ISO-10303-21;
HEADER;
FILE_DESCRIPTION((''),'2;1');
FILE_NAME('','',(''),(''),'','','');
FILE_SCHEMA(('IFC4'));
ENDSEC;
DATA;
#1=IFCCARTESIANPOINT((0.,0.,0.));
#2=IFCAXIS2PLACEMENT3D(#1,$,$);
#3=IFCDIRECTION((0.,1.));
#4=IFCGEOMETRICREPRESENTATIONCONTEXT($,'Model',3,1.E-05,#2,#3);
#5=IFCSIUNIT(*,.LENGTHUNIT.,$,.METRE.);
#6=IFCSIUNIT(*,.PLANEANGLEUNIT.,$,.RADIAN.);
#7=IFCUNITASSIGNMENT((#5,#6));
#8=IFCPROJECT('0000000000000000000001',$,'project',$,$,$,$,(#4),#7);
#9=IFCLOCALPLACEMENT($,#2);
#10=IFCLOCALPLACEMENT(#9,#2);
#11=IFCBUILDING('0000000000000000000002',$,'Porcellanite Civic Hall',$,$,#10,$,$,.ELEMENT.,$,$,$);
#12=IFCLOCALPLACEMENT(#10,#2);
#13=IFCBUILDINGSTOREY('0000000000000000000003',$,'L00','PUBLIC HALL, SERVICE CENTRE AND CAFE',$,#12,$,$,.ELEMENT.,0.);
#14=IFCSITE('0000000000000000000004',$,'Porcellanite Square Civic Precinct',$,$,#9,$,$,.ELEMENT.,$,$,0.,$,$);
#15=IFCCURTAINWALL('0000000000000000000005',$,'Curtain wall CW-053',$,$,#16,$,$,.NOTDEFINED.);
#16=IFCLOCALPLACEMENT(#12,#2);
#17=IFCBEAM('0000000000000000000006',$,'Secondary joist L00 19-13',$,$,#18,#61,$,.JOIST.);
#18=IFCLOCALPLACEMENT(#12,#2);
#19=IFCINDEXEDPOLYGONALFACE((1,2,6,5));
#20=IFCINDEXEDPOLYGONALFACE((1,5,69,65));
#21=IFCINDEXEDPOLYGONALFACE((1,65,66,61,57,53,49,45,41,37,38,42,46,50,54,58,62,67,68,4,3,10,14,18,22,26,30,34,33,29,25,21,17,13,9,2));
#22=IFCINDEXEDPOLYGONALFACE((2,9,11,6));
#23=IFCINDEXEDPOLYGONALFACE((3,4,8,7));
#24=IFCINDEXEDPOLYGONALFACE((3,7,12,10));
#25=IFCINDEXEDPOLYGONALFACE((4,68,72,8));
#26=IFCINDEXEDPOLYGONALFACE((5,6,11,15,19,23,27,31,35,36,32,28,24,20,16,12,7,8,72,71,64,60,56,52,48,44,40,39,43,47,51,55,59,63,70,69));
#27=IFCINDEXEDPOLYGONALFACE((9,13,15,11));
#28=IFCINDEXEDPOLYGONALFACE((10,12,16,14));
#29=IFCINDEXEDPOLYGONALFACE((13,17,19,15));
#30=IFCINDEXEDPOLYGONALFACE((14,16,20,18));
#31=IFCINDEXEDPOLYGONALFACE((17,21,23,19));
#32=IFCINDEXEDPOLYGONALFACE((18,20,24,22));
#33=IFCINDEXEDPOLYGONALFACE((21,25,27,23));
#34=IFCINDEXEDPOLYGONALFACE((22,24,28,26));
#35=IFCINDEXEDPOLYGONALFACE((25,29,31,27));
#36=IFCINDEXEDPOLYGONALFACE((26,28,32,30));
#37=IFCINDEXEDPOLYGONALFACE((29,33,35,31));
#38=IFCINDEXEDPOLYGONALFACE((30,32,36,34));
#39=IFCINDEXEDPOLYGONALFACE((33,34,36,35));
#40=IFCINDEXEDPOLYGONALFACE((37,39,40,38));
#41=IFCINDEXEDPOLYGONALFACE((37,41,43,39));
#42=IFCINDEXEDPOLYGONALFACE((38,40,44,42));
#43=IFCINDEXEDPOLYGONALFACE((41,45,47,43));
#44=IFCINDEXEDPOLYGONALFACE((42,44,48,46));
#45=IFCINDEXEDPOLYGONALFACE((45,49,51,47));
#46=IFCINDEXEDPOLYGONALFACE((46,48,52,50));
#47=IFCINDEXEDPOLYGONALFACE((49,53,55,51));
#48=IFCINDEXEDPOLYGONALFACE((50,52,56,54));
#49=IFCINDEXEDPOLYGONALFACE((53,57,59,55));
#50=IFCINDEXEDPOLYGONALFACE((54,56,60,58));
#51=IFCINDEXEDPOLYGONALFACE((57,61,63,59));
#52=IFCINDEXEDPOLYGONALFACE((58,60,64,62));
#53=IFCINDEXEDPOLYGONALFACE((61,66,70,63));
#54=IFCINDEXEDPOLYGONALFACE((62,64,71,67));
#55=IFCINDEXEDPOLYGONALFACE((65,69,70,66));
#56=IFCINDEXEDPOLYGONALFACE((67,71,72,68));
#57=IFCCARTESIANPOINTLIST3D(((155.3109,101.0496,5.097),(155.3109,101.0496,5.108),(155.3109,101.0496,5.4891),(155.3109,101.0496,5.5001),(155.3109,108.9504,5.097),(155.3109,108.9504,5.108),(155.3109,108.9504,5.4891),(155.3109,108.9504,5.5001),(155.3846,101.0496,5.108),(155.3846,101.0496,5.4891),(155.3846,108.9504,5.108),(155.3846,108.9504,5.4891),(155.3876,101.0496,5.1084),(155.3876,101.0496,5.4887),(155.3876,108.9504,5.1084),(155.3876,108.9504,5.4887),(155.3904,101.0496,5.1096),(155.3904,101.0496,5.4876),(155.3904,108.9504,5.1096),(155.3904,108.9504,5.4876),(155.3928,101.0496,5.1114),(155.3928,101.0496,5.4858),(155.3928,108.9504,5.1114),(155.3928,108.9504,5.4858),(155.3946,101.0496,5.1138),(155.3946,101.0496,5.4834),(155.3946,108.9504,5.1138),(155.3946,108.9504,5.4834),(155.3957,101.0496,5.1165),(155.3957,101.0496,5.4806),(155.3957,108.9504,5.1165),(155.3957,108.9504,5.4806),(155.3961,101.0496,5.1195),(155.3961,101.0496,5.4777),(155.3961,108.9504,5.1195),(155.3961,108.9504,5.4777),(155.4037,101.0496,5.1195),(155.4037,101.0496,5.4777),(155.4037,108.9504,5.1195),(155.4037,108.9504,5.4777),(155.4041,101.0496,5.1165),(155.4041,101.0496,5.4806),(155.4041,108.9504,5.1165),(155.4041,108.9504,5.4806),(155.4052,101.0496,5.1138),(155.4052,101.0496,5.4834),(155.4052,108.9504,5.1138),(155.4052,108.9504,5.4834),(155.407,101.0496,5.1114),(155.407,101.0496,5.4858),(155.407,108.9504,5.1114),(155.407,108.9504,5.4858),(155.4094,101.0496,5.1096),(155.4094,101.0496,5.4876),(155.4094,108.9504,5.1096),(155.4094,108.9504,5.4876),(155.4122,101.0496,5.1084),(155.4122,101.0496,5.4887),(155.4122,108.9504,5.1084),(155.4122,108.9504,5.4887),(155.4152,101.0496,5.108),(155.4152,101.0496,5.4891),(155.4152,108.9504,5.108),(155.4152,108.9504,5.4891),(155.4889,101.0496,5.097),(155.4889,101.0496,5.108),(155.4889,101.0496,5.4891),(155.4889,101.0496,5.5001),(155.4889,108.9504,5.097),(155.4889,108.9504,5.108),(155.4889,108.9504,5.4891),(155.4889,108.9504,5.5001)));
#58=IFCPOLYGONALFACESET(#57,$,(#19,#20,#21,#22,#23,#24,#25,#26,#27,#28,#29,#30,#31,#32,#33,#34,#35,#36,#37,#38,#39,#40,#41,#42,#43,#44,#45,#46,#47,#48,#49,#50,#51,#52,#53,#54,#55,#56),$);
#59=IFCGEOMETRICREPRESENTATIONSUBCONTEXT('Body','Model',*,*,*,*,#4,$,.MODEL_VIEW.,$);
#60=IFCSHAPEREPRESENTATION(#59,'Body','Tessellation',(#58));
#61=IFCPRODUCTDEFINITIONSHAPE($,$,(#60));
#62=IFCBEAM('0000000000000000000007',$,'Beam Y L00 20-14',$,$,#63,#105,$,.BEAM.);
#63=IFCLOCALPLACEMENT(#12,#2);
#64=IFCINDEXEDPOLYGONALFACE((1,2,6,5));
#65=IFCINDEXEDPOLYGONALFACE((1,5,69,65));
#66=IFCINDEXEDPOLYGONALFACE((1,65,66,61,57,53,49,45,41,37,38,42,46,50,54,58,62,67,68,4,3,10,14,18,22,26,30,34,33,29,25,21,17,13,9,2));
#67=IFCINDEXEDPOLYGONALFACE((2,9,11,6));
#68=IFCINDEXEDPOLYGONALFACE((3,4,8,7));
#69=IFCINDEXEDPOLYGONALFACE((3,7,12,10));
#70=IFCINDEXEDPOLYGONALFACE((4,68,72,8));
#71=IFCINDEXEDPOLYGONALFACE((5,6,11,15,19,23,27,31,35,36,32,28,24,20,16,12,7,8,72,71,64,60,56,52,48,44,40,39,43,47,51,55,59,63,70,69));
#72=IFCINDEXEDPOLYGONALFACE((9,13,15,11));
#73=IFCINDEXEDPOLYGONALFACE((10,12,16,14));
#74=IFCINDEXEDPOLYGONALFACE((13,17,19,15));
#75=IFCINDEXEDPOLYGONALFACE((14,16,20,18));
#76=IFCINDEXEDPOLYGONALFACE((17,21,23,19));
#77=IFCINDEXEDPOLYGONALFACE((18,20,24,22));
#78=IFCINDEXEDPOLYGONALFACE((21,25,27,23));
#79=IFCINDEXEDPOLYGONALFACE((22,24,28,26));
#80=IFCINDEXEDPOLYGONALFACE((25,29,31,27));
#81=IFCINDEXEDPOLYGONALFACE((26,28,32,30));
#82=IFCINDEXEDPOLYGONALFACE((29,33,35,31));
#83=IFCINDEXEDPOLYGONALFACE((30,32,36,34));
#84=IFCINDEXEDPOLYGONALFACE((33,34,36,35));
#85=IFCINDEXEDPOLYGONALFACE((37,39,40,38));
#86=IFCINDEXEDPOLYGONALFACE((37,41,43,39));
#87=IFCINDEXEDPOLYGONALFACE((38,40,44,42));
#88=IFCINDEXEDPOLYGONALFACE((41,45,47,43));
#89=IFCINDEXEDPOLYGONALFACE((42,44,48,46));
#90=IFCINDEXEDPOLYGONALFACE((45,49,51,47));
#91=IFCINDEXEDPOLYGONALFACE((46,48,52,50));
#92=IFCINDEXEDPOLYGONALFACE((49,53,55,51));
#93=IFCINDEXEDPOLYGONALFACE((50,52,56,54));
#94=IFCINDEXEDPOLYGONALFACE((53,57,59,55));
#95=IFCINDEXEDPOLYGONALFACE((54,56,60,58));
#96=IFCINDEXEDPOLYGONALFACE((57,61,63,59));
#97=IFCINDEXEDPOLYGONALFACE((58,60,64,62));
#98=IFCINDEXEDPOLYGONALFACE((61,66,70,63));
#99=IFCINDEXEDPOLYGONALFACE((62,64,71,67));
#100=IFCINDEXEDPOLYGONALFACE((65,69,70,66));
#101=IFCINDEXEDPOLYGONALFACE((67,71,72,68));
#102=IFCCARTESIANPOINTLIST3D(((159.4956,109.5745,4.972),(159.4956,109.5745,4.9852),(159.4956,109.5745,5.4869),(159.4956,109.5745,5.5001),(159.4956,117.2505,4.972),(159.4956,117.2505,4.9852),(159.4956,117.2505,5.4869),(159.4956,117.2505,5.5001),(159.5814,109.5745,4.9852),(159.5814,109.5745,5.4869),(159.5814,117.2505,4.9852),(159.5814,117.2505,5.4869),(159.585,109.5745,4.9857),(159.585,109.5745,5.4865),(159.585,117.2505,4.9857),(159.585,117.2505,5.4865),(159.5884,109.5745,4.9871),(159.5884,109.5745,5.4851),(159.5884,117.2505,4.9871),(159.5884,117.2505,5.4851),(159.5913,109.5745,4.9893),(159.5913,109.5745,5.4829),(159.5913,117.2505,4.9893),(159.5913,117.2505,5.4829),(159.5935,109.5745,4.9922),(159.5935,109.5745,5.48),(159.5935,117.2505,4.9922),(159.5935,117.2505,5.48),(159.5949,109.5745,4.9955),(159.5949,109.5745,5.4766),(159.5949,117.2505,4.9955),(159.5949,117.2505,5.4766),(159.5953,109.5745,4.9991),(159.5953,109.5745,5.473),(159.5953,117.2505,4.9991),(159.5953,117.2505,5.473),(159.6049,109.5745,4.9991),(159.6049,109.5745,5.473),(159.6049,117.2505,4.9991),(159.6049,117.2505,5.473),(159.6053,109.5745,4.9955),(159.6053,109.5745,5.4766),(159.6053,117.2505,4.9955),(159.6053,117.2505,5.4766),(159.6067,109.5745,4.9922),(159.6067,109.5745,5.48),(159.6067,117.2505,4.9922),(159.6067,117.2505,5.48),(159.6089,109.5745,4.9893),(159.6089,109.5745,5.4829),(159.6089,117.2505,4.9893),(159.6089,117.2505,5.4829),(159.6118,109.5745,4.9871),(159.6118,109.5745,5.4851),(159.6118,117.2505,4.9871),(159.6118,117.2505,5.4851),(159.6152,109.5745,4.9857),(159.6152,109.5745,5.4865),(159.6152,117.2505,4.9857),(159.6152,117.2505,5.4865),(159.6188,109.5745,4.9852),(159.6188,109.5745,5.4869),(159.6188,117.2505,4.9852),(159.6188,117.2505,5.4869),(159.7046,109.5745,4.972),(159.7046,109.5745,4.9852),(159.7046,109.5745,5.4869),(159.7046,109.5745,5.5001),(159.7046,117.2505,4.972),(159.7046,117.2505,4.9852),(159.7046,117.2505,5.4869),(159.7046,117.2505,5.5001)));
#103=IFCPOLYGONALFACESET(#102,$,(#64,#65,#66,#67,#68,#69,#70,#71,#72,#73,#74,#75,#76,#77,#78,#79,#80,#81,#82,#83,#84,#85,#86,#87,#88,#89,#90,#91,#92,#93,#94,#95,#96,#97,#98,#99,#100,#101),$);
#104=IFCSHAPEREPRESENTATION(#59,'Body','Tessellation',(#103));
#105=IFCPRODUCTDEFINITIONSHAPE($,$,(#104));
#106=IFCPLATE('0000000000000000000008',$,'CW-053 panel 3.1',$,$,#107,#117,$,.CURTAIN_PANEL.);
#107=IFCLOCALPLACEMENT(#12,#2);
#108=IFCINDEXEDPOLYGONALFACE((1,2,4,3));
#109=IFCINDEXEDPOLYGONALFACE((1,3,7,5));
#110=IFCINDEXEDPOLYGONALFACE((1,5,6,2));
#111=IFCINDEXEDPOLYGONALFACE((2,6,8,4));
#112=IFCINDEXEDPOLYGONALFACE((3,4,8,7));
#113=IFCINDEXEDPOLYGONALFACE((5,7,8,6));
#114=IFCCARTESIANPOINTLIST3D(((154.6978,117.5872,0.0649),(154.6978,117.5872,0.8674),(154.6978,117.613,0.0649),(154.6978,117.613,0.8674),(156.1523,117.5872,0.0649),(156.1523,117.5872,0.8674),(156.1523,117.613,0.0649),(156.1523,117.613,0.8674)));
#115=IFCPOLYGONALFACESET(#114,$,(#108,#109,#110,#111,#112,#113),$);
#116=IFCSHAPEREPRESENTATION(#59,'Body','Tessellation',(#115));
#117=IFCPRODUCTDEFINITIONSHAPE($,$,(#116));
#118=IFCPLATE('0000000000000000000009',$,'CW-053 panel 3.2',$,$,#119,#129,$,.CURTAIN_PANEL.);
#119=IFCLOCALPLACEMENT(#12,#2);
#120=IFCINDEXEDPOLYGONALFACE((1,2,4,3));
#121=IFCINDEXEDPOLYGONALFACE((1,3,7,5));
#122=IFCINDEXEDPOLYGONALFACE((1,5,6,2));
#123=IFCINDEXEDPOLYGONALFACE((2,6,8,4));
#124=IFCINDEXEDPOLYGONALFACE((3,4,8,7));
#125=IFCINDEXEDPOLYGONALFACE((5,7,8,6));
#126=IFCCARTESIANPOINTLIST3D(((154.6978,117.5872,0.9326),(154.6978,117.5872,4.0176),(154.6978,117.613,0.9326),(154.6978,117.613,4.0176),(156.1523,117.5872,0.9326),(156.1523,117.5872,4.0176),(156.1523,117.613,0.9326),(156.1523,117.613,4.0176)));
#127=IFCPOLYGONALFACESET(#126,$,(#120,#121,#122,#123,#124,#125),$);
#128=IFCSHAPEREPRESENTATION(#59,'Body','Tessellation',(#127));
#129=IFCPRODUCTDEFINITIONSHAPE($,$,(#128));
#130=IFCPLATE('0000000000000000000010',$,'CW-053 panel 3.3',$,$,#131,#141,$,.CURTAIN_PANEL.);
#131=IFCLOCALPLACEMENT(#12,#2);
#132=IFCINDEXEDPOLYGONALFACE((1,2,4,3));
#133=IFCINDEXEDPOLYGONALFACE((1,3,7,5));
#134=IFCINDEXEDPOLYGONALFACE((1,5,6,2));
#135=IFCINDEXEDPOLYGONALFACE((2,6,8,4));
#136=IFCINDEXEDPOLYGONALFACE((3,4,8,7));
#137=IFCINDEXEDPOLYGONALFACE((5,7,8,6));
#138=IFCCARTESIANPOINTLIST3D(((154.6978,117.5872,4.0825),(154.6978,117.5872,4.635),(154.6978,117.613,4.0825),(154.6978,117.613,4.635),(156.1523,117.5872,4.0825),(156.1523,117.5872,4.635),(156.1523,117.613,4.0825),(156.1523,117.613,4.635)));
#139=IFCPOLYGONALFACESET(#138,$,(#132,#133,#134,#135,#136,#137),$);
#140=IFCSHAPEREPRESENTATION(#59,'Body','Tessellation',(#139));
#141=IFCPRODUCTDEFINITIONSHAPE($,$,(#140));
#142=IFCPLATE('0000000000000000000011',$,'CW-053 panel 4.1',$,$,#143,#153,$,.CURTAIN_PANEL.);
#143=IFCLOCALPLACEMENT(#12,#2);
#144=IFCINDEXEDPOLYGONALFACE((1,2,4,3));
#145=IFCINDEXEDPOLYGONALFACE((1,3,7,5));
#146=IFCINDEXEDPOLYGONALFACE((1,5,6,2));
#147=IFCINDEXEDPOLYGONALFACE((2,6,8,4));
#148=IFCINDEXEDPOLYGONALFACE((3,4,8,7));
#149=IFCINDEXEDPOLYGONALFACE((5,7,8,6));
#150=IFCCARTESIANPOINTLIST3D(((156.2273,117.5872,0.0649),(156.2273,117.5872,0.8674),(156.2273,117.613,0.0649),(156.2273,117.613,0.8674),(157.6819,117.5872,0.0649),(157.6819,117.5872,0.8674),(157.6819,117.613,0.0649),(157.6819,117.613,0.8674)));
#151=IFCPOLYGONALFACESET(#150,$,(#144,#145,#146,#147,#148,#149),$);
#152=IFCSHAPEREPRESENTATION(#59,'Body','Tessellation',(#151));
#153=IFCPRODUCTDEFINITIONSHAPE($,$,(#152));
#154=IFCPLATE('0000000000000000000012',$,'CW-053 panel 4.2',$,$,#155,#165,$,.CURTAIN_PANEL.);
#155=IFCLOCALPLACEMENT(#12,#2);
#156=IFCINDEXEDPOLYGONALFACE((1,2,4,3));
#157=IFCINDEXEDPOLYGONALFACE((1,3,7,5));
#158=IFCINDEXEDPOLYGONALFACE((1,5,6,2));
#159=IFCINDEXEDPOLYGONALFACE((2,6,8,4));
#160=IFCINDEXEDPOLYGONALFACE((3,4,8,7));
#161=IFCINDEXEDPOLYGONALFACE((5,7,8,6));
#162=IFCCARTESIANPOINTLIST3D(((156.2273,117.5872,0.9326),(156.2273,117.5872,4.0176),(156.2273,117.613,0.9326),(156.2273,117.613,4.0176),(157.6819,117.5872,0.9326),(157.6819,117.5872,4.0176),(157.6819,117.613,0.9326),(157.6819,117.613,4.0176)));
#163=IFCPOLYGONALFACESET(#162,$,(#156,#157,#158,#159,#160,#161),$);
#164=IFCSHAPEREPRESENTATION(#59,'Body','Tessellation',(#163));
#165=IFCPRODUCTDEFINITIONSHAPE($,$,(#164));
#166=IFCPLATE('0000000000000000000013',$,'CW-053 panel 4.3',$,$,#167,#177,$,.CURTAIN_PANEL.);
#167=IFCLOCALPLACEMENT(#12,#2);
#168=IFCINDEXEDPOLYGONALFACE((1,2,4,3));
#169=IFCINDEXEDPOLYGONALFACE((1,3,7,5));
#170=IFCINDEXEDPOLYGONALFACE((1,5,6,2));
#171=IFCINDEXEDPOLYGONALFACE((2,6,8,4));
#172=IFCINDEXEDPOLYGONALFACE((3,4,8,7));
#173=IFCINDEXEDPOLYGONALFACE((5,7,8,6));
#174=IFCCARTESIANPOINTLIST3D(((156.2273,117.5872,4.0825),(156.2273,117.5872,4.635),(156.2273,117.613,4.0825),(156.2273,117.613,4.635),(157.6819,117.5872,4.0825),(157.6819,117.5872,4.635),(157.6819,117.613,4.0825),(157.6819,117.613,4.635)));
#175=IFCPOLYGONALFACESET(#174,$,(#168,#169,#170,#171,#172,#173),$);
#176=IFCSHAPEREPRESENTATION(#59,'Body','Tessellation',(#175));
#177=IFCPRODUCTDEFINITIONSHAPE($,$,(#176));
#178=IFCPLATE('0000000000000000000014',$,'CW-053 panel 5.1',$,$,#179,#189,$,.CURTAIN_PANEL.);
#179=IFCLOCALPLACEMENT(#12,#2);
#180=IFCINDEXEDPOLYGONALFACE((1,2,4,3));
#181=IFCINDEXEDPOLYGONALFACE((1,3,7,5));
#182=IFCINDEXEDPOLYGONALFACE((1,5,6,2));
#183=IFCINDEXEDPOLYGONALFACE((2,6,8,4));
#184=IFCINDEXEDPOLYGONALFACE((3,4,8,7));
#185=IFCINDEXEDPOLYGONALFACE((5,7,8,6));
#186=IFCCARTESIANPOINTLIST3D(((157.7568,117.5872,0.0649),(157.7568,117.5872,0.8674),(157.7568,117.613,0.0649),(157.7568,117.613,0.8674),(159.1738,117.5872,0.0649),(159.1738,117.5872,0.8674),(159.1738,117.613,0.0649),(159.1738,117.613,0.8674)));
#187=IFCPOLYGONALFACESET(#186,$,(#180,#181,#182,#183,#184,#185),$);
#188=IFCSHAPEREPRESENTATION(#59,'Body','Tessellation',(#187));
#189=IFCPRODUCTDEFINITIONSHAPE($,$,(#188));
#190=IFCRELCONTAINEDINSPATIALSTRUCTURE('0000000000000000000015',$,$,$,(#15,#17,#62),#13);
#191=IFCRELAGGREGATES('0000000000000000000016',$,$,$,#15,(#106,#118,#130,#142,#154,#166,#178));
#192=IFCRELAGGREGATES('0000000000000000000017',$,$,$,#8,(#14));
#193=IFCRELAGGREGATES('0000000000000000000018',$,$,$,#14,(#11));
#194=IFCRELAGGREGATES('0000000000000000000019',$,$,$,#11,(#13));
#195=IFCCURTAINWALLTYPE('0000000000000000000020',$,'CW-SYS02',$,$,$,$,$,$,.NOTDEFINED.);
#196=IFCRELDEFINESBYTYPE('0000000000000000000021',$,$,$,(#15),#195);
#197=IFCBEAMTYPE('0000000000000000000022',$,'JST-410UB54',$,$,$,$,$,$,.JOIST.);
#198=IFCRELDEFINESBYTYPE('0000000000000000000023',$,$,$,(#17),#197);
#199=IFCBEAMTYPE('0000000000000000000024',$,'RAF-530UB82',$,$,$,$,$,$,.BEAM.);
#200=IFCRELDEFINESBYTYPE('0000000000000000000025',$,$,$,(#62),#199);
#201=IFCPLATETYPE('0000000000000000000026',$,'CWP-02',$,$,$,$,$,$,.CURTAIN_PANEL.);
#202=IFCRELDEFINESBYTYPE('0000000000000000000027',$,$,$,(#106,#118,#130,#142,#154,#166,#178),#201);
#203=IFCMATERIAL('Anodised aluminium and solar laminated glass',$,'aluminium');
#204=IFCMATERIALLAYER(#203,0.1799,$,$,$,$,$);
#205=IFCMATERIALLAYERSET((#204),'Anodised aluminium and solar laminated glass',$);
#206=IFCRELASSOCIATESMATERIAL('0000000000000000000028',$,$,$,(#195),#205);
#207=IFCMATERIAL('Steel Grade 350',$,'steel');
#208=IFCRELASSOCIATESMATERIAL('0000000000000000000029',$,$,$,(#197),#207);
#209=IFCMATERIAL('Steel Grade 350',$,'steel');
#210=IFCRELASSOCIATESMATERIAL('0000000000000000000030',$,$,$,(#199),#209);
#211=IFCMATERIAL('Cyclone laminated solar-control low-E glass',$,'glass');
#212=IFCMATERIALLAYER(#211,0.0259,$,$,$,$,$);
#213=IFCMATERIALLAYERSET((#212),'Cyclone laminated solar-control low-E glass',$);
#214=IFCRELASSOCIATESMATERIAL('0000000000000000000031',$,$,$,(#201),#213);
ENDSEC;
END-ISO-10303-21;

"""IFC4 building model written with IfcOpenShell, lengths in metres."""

from ifc_helpers import new_model, si_unit, direction, frame, origin, origin_2d, place, context, subcontext, project, spatial, rectangle, i_section, extrude, material, layer, layer_set, material_profile, profile_set, type_object, element, aggregate, save


model = new_model("IFC4")

# Units and contexts
model_context = context("Model", 3, precision=1e-05, world=origin(), true_north=direction((0.0, 1.0)))
body_context = subcontext(model_context, "Body", "Model", "MODEL_VIEW")
ifc_project = project(units=[si_unit("LENGTHUNIT", "METRE"), si_unit("PLANEANGLEUNIT", "RADIAN")], contexts=[model_context])

# Site, building, storey
site_placement = place(None, origin())
site = spatial("IfcSite", under=ifc_project, at=site_placement, Name="Porcellanite Square Civic Precinct", CompositionType="ELEMENT", RefElevation=0.0)
building_placement = place(site_placement, origin())
building = spatial("IfcBuilding", under=site, at=building_placement, Name="Porcellanite Civic Hall", CompositionType="ELEMENT")
storey_placement = place(building_placement, origin())
storey = spatial("IfcBuildingStorey", under=building, at=storey_placement, Name="L00", Description="PUBLIC HALL, SERVICE CENTRE AND CAFE", CompositionType="ELEMENT", Elevation=0.0)

# Curtain wall
ifc_material_1 = material(Name="Anodised aluminium and solar laminated glass", Category="aluminium")
ifc_layer_1 = layer(ifc_material_1, 0.1799)
ifc_layer_set_1 = layer_set([ifc_layer_1], Name="Anodised aluminium and solar laminated glass")
curtain_wall_type = type_object("IfcCurtainWallType", Name="CW-SYS02", PredefinedType="NOTDEFINED", material=ifc_layer_set_1)
curtain_wall_placement = place(storey_placement, origin())
curtain_wall = element("IfcCurtainWall", 1, at=curtain_wall_placement, inside=storey, type_object=curtain_wall_type, Name="Curtain wall CW-053", PredefinedType="NOTDEFINED")

# Beams
ifc_material_2 = material(Name="Steel Grade 350", Category="steel")
ifc_material_profile_1 = material_profile(ifc_material_2, i_section(OverallWidth=0.178, OverallDepth=0.4031, WebThickness=0.0076, FlangeThickness=0.011, FilletRadius=0.0115, at=origin_2d()), Name="410UB53.7")
ifc_profile_set_1 = profile_set([ifc_material_profile_1], Name="Steel Grade 350")
beam_type_1 = type_object("IfcBeamType", Name="JST-410UB54", PredefinedType="JOIST", material=ifc_profile_set_1)
beam_1_placement = place(storey_placement, frame((155.3999, 101.0496, 5.2986), z_axis=(0.0, 1.0, 0.0), x_axis=(-1.0, 0.0, 0.0)))
element("IfcBeam", 2, at=beam_1_placement, inside=storey, type_object=beam_type_1, Name="Secondary joist L00 19-13", PredefinedType="JOIST", context=body_context, shape_type="SweptSolid", body=[
    extrude(i_section(OverallWidth=0.178, OverallDepth=0.4031, WebThickness=0.0076, FlangeThickness=0.011, FilletRadius=0.0115, at=origin_2d()), origin(), (0.0, 0.0, 1.0), 7.9009),
])
ifc_material_3 = material(Name="Steel Grade 350", Category="steel")
ifc_material_profile_2 = material_profile(ifc_material_3, i_section(OverallWidth=0.209, OverallDepth=0.5281, WebThickness=0.0095, FlangeThickness=0.0132, FilletRadius=0.0139, at=origin_2d()), Name="530UB82.0")
ifc_profile_set_2 = profile_set([ifc_material_profile_2], Name="Steel Grade 350")
beam_type_2 = type_object("IfcBeamType", Name="RAF-530UB82", PredefinedType="BEAM", material=ifc_profile_set_2)
beam_2_placement = place(storey_placement, frame((159.6001, 109.5745, 5.2361), z_axis=(0.0, 1.0, 0.0), x_axis=(-1.0, 0.0, 0.0)))
element("IfcBeam", 3, at=beam_2_placement, inside=storey, type_object=beam_type_2, Name="Beam Y L00 20-14", PredefinedType="BEAM", context=body_context, shape_type="SweptSolid", body=[
    extrude(i_section(OverallWidth=0.209, OverallDepth=0.5281, WebThickness=0.0095, FlangeThickness=0.0132, FilletRadius=0.0139, at=origin_2d()), origin(), (0.0, 0.0, 1.0), 7.676),
])

# Plates
ifc_material_4 = material(Name="Cyclone laminated solar-control low-E glass", Category="glass")
ifc_layer_2 = layer(ifc_material_4, 0.0259)
ifc_layer_set_2 = layer_set([ifc_layer_2], Name="Cyclone laminated solar-control low-E glass")
plate_type = type_object("IfcPlateType", Name="CWP-02", PredefinedType="CURTAIN_PANEL", material=ifc_layer_set_2)
plate_1_placement = place(storey_placement, frame((155.425, 117.6001, 0.0649), z_axis=(0.0, 0.0, 1.0), x_axis=(1.0, 0.0, 0.0)))
plate_1 = element("IfcPlate", 4, at=plate_1_placement, type_object=plate_type, Name="CW-053 panel 3.1", PredefinedType="CURTAIN_PANEL", context=body_context, shape_type="SweptSolid", body=[
    extrude(rectangle(XDim=1.4546, YDim=0.0259, at=origin_2d()), origin(), (0.0, 0.0, 1.0), 0.8025),
])
plate_2_placement = place(storey_placement, frame((155.425, 117.6001, 0.9326), z_axis=(0.0, 0.0, 1.0), x_axis=(1.0, 0.0, 0.0)))
plate_2 = element("IfcPlate", 5, at=plate_2_placement, type_object=plate_type, Name="CW-053 panel 3.2", PredefinedType="CURTAIN_PANEL", context=body_context, shape_type="SweptSolid", body=[
    extrude(rectangle(XDim=1.4546, YDim=0.0259, at=origin_2d()), origin(), (0.0, 0.0, 1.0), 3.085),
])
plate_3_placement = place(storey_placement, frame((155.425, 117.6001, 4.0825), z_axis=(0.0, 0.0, 1.0), x_axis=(1.0, 0.0, 0.0)))
plate_3 = element("IfcPlate", 6, at=plate_3_placement, type_object=plate_type, Name="CW-053 panel 3.3", PredefinedType="CURTAIN_PANEL", context=body_context, shape_type="SweptSolid", body=[
    extrude(rectangle(XDim=1.4546, YDim=0.0259, at=origin_2d()), origin(), (0.0, 0.0, 1.0), 0.5525),
])
plate_4_placement = place(storey_placement, frame((156.9546, 117.6001, 0.0649), z_axis=(0.0, 0.0, 1.0), x_axis=(1.0, 0.0, 0.0)))
plate_4 = element("IfcPlate", 7, at=plate_4_placement, type_object=plate_type, Name="CW-053 panel 4.1", PredefinedType="CURTAIN_PANEL", context=body_context, shape_type="SweptSolid", body=[
    extrude(rectangle(XDim=1.4546, YDim=0.0259, at=origin_2d()), origin(), (0.0, 0.0, 1.0), 0.8025),
])
plate_5_placement = place(storey_placement, frame((156.9546, 117.6001, 0.9326), z_axis=(0.0, 0.0, 1.0), x_axis=(1.0, 0.0, 0.0)))
plate_5 = element("IfcPlate", 8, at=plate_5_placement, type_object=plate_type, Name="CW-053 panel 4.2", PredefinedType="CURTAIN_PANEL", context=body_context, shape_type="SweptSolid", body=[
    extrude(rectangle(XDim=1.4546, YDim=0.0259, at=origin_2d()), origin(), (0.0, 0.0, 1.0), 3.085),
])
plate_6_placement = place(storey_placement, frame((156.9546, 117.6001, 4.0825), z_axis=(0.0, 0.0, 1.0), x_axis=(1.0, 0.0, 0.0)))
plate_6 = element("IfcPlate", 9, at=plate_6_placement, type_object=plate_type, Name="CW-053 panel 4.3", PredefinedType="CURTAIN_PANEL", context=body_context, shape_type="SweptSolid", body=[
    extrude(rectangle(XDim=1.4546, YDim=0.0259, at=origin_2d()), origin(), (0.0, 0.0, 1.0), 0.5525),
])
plate_7_placement = place(storey_placement, frame((158.4653, 117.6001, 0.0649), z_axis=(0.0, 0.0, 1.0), x_axis=(1.0, 0.0, 0.0)))
plate_7 = element("IfcPlate", 10, at=plate_7_placement, type_object=plate_type, Name="CW-053 panel 5.1", PredefinedType="CURTAIN_PANEL", context=body_context, shape_type="SweptSolid", body=[
    extrude(rectangle(XDim=1.417, YDim=0.0259, at=origin_2d()), origin(), (0.0, 0.0, 1.0), 0.8025),
])
aggregate(curtain_wall, [plate_1, plate_2, plate_3, plate_4, plate_5, plate_6, plate_7])

save(model, "model.ifc")
